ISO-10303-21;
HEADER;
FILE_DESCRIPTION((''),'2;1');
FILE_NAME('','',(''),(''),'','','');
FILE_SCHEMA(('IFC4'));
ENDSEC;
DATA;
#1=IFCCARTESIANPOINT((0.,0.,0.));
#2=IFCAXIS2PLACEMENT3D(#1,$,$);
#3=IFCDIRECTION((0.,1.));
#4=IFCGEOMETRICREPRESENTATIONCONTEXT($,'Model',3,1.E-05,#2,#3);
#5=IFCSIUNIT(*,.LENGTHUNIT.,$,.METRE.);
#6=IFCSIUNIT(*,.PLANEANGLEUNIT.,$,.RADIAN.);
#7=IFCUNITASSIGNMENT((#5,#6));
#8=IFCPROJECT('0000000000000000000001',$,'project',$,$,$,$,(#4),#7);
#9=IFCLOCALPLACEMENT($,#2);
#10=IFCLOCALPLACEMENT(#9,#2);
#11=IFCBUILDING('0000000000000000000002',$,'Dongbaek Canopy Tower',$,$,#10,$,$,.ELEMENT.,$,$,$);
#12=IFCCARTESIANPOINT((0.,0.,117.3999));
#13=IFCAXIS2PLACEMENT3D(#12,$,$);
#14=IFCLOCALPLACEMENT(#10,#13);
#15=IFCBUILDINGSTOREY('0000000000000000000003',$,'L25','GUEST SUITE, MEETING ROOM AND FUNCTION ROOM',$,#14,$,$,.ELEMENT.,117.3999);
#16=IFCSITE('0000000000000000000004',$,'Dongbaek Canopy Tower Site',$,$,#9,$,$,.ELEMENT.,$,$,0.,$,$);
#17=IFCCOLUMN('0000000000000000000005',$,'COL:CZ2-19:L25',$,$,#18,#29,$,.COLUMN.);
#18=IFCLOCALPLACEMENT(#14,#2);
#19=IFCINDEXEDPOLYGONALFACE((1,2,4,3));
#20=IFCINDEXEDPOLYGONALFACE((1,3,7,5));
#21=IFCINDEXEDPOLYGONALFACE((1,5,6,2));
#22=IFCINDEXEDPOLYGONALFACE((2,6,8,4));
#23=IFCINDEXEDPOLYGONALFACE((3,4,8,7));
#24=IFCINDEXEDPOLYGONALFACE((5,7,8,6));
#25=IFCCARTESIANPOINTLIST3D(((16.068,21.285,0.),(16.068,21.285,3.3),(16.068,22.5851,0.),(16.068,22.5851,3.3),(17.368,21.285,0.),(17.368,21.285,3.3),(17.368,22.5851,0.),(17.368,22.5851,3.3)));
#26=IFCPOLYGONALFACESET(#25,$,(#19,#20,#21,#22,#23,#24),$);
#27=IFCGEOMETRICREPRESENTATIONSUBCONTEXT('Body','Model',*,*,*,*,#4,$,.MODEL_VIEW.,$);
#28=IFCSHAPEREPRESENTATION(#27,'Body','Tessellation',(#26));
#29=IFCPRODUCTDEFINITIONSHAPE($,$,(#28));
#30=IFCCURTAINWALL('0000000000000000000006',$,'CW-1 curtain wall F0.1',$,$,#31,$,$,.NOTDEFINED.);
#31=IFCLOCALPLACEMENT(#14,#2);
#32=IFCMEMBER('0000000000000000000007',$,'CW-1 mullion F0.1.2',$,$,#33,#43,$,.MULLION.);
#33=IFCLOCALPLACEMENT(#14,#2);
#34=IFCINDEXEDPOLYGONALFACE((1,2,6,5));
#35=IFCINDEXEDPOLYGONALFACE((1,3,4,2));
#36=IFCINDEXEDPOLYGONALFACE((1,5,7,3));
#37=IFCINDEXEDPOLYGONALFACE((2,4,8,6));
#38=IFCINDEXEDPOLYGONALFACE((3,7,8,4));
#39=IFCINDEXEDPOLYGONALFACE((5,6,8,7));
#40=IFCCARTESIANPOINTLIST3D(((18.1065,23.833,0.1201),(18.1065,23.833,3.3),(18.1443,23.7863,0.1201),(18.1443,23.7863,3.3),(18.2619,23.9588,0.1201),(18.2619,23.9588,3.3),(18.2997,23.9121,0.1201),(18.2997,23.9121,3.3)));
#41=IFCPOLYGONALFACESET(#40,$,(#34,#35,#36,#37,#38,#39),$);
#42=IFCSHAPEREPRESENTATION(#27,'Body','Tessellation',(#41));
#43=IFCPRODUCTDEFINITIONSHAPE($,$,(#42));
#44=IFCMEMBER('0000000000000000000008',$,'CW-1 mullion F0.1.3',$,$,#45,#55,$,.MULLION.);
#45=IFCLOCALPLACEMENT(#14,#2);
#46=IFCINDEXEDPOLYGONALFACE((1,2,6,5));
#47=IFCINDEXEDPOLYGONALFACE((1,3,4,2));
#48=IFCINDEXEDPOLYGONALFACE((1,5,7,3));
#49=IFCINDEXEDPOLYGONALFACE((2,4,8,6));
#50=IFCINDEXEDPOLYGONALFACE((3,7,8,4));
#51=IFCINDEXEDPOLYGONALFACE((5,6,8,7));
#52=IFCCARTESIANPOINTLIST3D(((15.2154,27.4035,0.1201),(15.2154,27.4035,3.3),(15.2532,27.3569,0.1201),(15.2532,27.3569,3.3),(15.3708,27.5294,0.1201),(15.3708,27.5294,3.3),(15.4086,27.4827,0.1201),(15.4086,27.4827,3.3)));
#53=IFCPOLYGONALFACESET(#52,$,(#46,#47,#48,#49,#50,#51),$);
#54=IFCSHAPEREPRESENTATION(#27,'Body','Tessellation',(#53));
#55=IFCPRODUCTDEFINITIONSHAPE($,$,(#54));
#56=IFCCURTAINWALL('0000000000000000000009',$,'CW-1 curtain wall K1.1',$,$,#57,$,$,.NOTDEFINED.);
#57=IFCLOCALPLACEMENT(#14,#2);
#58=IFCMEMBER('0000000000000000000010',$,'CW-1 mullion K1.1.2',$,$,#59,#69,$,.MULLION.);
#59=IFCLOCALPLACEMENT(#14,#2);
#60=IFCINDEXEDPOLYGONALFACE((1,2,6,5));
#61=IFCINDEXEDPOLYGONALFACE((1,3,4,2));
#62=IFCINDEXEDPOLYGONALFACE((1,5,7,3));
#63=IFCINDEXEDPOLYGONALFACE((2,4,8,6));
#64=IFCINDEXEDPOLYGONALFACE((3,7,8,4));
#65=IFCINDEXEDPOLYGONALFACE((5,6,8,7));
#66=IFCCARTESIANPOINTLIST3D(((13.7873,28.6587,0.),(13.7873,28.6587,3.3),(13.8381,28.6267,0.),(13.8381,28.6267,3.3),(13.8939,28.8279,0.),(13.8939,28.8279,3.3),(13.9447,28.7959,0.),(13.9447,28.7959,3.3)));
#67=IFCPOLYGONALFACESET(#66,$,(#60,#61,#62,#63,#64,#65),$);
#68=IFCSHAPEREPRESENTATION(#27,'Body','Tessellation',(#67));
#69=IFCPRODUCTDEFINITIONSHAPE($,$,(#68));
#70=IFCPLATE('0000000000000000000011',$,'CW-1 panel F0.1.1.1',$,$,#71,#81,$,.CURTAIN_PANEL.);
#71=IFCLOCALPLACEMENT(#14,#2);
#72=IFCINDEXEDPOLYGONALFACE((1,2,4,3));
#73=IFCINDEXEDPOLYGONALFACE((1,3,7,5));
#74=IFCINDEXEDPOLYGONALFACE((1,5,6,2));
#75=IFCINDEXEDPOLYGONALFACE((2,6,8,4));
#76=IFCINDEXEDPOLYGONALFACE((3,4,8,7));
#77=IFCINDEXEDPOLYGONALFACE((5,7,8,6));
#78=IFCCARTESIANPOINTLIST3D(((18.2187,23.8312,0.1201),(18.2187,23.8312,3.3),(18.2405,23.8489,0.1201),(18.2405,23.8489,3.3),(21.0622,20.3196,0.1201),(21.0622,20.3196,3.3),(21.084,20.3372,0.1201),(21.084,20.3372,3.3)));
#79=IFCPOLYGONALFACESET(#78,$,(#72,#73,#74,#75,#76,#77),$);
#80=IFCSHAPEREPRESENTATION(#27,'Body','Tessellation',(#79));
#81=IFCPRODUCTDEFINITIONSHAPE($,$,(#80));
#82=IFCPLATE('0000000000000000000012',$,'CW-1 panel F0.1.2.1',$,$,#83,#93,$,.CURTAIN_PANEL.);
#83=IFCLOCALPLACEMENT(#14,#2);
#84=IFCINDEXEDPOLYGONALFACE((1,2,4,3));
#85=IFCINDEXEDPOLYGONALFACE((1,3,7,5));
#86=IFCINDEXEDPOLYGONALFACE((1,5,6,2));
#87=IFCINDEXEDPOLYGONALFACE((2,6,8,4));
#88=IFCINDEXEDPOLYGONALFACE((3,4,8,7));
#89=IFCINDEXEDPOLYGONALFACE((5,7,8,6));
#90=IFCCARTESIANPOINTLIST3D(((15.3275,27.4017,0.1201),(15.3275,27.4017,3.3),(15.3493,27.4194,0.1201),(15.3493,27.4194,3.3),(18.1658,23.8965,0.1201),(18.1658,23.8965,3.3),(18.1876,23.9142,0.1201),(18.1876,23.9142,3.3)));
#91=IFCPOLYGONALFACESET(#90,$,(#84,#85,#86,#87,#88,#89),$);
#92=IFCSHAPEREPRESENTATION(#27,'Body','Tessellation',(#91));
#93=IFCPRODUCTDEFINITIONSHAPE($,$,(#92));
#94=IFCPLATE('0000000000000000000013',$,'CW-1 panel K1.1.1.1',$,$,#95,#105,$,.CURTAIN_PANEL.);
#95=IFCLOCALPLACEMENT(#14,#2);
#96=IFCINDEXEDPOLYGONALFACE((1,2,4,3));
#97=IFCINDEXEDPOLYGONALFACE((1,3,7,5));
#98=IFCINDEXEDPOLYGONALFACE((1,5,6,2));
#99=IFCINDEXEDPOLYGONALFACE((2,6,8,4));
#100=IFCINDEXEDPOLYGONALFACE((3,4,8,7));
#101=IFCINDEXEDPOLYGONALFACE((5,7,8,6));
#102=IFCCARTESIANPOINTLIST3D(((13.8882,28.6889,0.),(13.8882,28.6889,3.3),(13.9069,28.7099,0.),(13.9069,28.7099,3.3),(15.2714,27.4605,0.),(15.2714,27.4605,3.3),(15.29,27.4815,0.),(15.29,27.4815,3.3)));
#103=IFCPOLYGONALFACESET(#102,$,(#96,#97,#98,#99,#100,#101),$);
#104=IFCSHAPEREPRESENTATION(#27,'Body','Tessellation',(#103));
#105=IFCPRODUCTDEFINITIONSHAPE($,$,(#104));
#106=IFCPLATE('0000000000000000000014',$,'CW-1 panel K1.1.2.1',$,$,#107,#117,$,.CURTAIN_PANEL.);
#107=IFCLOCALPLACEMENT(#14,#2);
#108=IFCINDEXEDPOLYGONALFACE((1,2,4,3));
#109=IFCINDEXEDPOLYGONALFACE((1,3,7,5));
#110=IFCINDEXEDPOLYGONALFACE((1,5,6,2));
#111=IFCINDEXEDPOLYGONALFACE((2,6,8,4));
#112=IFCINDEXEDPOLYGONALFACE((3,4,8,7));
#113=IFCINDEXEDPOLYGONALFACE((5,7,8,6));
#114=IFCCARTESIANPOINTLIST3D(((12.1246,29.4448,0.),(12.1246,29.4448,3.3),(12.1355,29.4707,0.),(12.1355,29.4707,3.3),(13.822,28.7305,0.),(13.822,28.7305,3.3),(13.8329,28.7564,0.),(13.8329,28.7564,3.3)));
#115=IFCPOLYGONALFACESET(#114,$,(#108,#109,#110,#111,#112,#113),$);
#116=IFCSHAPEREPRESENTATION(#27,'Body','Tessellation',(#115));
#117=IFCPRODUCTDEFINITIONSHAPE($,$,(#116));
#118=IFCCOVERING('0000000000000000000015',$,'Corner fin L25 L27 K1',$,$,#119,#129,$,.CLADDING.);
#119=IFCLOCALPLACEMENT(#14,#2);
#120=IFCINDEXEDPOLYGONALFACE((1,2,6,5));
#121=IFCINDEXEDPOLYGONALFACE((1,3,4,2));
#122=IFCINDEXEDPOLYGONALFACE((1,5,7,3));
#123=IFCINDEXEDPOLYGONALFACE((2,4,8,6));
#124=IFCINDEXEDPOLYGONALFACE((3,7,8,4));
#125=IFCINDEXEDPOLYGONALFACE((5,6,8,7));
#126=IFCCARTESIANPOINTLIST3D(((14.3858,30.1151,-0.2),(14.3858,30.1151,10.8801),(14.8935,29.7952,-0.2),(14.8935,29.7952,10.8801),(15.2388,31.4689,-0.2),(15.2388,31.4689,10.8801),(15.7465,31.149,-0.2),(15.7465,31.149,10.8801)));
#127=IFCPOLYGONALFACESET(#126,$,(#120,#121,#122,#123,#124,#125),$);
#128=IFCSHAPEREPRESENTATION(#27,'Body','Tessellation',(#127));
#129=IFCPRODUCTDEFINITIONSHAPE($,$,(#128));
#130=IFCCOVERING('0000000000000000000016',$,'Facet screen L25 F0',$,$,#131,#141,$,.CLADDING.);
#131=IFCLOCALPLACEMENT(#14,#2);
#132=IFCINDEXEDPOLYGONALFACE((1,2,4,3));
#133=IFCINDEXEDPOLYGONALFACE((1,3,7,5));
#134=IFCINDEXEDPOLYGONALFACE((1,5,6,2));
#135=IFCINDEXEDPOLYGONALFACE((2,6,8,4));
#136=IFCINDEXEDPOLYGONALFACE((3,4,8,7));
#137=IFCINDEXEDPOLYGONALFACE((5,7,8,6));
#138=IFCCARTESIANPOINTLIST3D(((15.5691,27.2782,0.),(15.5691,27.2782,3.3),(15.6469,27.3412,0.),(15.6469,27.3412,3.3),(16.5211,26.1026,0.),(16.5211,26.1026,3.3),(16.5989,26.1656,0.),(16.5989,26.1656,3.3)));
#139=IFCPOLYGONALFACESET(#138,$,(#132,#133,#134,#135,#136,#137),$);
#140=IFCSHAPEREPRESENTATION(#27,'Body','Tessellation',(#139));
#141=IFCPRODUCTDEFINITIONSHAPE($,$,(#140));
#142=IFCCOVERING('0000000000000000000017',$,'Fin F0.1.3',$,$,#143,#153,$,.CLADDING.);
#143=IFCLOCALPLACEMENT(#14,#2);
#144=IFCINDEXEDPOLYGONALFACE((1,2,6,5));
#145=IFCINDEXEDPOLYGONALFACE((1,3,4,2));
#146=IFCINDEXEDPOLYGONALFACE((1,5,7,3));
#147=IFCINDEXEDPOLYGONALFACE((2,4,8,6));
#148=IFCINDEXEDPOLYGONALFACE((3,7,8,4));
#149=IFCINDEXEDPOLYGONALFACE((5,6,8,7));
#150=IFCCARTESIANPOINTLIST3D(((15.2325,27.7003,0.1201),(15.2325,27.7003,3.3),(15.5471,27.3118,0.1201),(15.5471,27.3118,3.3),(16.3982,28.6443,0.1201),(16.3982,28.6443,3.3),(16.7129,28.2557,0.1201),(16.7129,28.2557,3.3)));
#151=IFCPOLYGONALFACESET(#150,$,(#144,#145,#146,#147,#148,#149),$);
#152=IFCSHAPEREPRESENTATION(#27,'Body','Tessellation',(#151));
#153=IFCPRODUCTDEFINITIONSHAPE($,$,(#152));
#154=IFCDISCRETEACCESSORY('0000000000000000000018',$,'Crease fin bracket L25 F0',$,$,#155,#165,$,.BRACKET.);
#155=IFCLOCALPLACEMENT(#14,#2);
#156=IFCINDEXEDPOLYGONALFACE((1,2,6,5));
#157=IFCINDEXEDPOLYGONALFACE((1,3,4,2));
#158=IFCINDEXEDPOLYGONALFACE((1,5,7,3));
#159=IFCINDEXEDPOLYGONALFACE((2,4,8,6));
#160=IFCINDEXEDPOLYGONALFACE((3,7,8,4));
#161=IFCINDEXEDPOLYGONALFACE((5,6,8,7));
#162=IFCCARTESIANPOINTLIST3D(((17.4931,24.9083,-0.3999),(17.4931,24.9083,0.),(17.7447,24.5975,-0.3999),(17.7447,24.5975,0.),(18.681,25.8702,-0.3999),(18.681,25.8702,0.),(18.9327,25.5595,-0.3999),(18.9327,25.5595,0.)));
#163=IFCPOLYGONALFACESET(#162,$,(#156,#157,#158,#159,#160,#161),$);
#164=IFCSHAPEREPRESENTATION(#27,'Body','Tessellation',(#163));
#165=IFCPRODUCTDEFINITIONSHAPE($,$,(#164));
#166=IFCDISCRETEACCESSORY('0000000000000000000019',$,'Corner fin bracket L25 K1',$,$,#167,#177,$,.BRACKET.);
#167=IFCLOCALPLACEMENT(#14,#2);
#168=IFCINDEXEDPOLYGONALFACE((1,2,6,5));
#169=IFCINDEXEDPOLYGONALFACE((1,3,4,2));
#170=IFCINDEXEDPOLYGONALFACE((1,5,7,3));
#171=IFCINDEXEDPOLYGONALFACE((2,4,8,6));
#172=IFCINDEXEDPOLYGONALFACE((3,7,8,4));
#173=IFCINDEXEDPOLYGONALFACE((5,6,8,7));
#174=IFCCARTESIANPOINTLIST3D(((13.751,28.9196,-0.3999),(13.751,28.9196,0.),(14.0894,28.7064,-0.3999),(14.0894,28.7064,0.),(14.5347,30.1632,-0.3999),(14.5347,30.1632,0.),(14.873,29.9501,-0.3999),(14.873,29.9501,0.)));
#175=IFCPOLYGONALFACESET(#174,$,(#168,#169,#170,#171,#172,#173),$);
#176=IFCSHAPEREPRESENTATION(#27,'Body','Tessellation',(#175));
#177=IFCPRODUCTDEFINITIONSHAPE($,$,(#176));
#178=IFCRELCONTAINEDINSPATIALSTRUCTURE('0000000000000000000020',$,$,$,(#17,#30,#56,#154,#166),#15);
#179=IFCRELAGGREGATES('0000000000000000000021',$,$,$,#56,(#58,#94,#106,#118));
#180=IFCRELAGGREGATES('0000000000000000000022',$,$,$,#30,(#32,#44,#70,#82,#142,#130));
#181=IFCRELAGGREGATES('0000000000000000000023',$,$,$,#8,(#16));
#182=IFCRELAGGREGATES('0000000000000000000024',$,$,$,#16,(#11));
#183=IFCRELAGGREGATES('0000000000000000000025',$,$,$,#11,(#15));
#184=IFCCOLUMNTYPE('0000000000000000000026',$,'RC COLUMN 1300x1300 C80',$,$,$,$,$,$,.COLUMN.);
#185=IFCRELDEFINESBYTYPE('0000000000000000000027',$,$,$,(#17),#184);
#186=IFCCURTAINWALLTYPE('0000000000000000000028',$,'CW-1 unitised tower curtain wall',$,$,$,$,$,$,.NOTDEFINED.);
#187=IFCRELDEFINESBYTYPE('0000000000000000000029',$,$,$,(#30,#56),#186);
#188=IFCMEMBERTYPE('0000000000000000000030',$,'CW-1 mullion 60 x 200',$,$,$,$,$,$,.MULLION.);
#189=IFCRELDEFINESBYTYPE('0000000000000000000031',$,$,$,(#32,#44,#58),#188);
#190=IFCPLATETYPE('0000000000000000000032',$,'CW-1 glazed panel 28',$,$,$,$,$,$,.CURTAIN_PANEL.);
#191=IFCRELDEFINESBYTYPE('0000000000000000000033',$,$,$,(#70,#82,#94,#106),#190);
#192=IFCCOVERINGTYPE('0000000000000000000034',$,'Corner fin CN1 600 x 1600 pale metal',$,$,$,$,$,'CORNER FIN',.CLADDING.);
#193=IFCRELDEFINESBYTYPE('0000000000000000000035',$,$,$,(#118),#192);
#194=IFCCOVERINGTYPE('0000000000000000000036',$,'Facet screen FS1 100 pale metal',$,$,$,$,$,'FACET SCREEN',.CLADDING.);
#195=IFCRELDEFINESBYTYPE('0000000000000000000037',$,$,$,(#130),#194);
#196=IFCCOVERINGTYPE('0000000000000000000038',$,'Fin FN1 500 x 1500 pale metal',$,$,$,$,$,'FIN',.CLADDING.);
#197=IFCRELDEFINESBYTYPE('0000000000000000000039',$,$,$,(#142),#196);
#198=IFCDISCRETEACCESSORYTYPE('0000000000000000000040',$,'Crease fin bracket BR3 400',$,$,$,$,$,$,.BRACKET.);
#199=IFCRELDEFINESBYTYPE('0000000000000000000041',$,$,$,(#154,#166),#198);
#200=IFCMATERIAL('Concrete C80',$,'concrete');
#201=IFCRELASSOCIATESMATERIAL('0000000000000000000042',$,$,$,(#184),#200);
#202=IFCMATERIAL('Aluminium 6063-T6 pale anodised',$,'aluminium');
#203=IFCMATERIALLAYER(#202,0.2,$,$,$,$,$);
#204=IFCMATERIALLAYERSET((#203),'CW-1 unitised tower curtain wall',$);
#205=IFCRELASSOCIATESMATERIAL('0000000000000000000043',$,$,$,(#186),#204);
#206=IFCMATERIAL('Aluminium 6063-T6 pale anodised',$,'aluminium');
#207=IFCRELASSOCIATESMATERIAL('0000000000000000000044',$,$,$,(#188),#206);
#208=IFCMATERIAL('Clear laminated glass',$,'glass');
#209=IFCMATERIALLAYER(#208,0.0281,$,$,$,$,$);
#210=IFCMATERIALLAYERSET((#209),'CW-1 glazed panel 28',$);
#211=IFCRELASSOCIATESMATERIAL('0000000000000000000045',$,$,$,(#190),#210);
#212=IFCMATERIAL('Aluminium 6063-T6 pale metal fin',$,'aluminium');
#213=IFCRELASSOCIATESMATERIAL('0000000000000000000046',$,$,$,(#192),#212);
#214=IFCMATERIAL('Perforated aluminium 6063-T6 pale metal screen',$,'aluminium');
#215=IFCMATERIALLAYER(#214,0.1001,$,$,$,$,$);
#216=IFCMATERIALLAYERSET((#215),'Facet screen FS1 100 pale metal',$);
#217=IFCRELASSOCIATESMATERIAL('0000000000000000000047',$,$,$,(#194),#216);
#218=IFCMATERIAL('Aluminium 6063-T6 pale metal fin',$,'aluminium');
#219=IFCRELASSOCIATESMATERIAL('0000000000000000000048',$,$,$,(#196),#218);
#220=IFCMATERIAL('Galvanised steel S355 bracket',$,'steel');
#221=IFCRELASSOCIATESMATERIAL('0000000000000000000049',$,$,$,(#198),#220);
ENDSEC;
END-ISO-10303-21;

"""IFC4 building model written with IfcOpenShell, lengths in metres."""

from ifc_helpers import new_model, si_unit, direction, frame, origin, origin_2d, place, context, subcontext, project, spatial, rectangle, extrude, material, layer, layer_set, material_profile, profile_set, type_object, element, aggregate, save


model = new_model("IFC4")

# Units and contexts
model_context = context("Model", 3, precision=1e-05, world=origin(), true_north=direction((0.0, 1.0)))
body_context = subcontext(model_context, "Body", "Model", "MODEL_VIEW")
ifc_project = project(units=[si_unit("LENGTHUNIT", "METRE"), si_unit("PLANEANGLEUNIT", "RADIAN")], contexts=[model_context])

# Site, building, storey
site_placement = place(None, origin())
site = spatial("IfcSite", under=ifc_project, at=site_placement, Name="Dongbaek Canopy Tower Site", CompositionType="ELEMENT", RefElevation=0.0)
building_placement = place(site_placement, origin())
building = spatial("IfcBuilding", under=site, at=building_placement, Name="Dongbaek Canopy Tower", CompositionType="ELEMENT")
storey_placement = place(building_placement, frame((0.0, 0.0, 117.3999)))
storey = spatial("IfcBuildingStorey", under=building, at=storey_placement, Name="L25", Description="GUEST SUITE, MEETING ROOM AND FUNCTION ROOM", CompositionType="ELEMENT", Elevation=117.3999)

# Column
ifc_material_1 = material(Name="Concrete C80", Category="concrete")
ifc_material_profile_1 = material_profile(ifc_material_1, rectangle(XDim=1.3, YDim=1.3, at=origin_2d()), Name="RC COLUMN 1300x1300 C80")
ifc_profile_set_1 = profile_set([ifc_material_profile_1], Name="Concrete C80")
column_type = type_object("IfcColumnType", Name="RC COLUMN 1300x1300 C80", PredefinedType="COLUMN", material=ifc_profile_set_1)
column_placement = place(storey_placement, frame((16.718, 21.9351, 0.0), z_axis=(0.0, 0.0, 1.0), x_axis=(1.0, 0.0, 0.0)))
element("IfcColumn", 1, at=column_placement, inside=storey, type_object=column_type, Name="COL:CZ2-19:L25", PredefinedType="COLUMN", context=body_context, shape_type="SweptSolid", body=[
    extrude(rectangle(XDim=1.3, YDim=1.3, at=origin_2d()), origin(), (0.0, 0.0, 1.0), 3.3),
])

# Curtain wall, members
ifc_material_2 = material(Name="Aluminium 6063-T6 pale anodised", Category="aluminium")
ifc_layer_1 = layer(ifc_material_2, 0.2)
ifc_layer_set_1 = layer_set([ifc_layer_1], Name="CW-1 unitised tower curtain wall")
curtain_wall_type = type_object("IfcCurtainWallType", Name="CW-1 unitised tower curtain wall", PredefinedType="NOTDEFINED", material=ifc_layer_set_1)
curtain_wall_1_placement = place(storey_placement, origin())
curtain_wall_1 = element("IfcCurtainWall", 2, at=curtain_wall_1_placement, inside=storey, type_object=curtain_wall_type, Name="CW-1 curtain wall F0.1", PredefinedType="NOTDEFINED")
ifc_material_3 = material(Name="Aluminium 6063-T6 pale anodised", Category="aluminium")
ifc_material_profile_2 = material_profile(ifc_material_3, rectangle(XDim=0.2, YDim=0.0601, at=origin_2d()), Name="CW-1 mullion 60 x 200")
ifc_profile_set_2 = profile_set([ifc_material_profile_2], Name="Aluminium 6063-T6 pale anodised")
member_type = type_object("IfcMemberType", Name="CW-1 mullion 60 x 200", PredefinedType="MULLION", material=ifc_profile_set_2)
member_1_placement = place(storey_placement, frame((18.2031, 23.8726, 0.1201), z_axis=(0.0, 0.0, 1.0), x_axis=(0.777161, 0.629302, 0.0)))
member_1 = element("IfcMember", 3, at=member_1_placement, type_object=member_type, Name="CW-1 mullion F0.1.2", PredefinedType="MULLION", context=body_context, shape_type="SweptSolid", body=[
    extrude(rectangle(XDim=0.2, YDim=0.0601, at=origin_2d()), origin(), (0.0, 0.0, 1.0), 3.1799),
])
member_2_placement = place(storey_placement, frame((15.312, 27.4431, 0.1201), z_axis=(0.0, 0.0, 1.0), x_axis=(0.777161, 0.629302, 0.0)))
member_2 = element("IfcMember", 4, at=member_2_placement, type_object=member_type, Name="CW-1 mullion F0.1.3", PredefinedType="MULLION", context=body_context, shape_type="SweptSolid", body=[
    extrude(rectangle(XDim=0.2, YDim=0.0601, at=origin_2d()), origin(), (0.0, 0.0, 1.0), 3.1799),
])

# Curtain wall, member
curtain_wall_2_placement = place(storey_placement, origin())
curtain_wall_2 = element("IfcCurtainWall", 5, at=curtain_wall_2_placement, inside=storey, type_object=curtain_wall_type, Name="CW-1 curtain wall K1.1", PredefinedType="NOTDEFINED")
member_3_placement = place(storey_placement, frame((13.866, 28.7273, 0.0), z_axis=(0.0, 0.0, 1.0), x_axis=(0.533091, 0.846058, 0.0)))
member_3 = element("IfcMember", 6, at=member_3_placement, type_object=member_type, Name="CW-1 mullion K1.1.2", PredefinedType="MULLION", context=body_context, shape_type="SweptSolid", body=[
    extrude(rectangle(XDim=0.2, YDim=0.0601, at=origin_2d()), origin(), (0.0, 0.0, 1.0), 3.3),
])

# Plates
ifc_material_4 = material(Name="Clear laminated glass", Category="glass")
ifc_layer_2 = layer(ifc_material_4, 0.0281)
ifc_layer_set_2 = layer_set([ifc_layer_2], Name="CW-1 glazed panel 28")
plate_type = type_object("IfcPlateType", Name="CW-1 glazed panel 28", PredefinedType="CURTAIN_PANEL", material=ifc_layer_set_2)
plate_1_placement = place(storey_placement, frame((19.6514, 22.0842, 0.1201), z_axis=(0.0, 0.0, 1.0), x_axis=(-0.629302, 0.777161, 0.0)))
plate_1 = element("IfcPlate", 7, at=plate_1_placement, type_object=plate_type, Name="CW-1 panel F0.1.1.1", PredefinedType="CURTAIN_PANEL", context=body_context, shape_type="SweptSolid", body=[
    extrude(rectangle(XDim=4.5186, YDim=0.0281, at=origin_2d()), origin(), (0.0, 0.0, 1.0), 3.1799),
])
plate_2_placement = place(storey_placement, frame((16.7576, 25.658, 0.1201), z_axis=(0.0, 0.0, 1.0), x_axis=(-0.629302, 0.777161, 0.0)))
plate_2 = element("IfcPlate", 8, at=plate_2_placement, type_object=plate_type, Name="CW-1 panel F0.1.2.1", PredefinedType="CURTAIN_PANEL", context=body_context, shape_type="SweptSolid", body=[
    extrude(rectangle(XDim=4.5103, YDim=0.0281, at=origin_2d()), origin(), (0.0, 0.0, 1.0), 3.1799),
])
plate_3_placement = place(storey_placement, frame((14.5891, 28.0852, 0.0), z_axis=(0.0, 0.0, 1.0), x_axis=(-0.747706, 0.66403, 0.0)))
plate_3 = element("IfcPlate", 9, at=plate_3_placement, type_object=plate_type, Name="CW-1 panel K1.1.1.1", PredefinedType="CURTAIN_PANEL", context=body_context, shape_type="SweptSolid", body=[
    extrude(rectangle(XDim=1.8499, YDim=0.0281, at=origin_2d()), origin(), (0.0, 0.0, 1.0), 3.3),
])
plate_4_placement = place(storey_placement, frame((12.9788, 29.1006, 0.0), z_axis=(0.0, 0.0, 1.0), x_axis=(-0.92172, 0.387856, 0.0)))
plate_4 = element("IfcPlate", 10, at=plate_4_placement, type_object=plate_type, Name="CW-1 panel K1.1.2.1", PredefinedType="CURTAIN_PANEL", context=body_context, shape_type="SweptSolid", body=[
    extrude(rectangle(XDim=1.8416, YDim=0.0281, at=origin_2d()), origin(), (0.0, 0.0, 1.0), 3.3),
])

# Coverings
ifc_material_5 = material(Name="Aluminium 6063-T6 pale metal fin", Category="aluminium")
ifc_material_profile_3 = material_profile(ifc_material_5, rectangle(XDim=1.6001, YDim=0.6001, at=origin_2d()), Name="Corner fin CN1 600 x 1600 pale metal")
ifc_profile_set_3 = profile_set([ifc_material_profile_3], Name="Aluminium 6063-T6 pale metal fin")
covering_type_1 = type_object("IfcCoveringType", Name="Corner fin CN1 600 x 1600 pale metal", ElementType="CORNER FIN", PredefinedType="CLADDING", material=ifc_profile_set_3)
covering_1_placement = place(storey_placement, frame((15.0662, 30.6321, -0.2), z_axis=(0.0, 0.0, 1.0), x_axis=(0.53309, 0.846058, 0.0)))
covering_1 = element("IfcCovering", 11, at=covering_1_placement, type_object=covering_type_1, Name="Corner fin L25 L27 K1", PredefinedType="CLADDING", context=body_context, shape_type="SweptSolid", body=[
    extrude(rectangle(XDim=1.6001, YDim=0.6001, at=origin_2d()), origin(), (0.0, 0.0, 1.0), 11.0801),
])
aggregate(curtain_wall_2, [member_3, plate_3, plate_4, covering_1])
ifc_material_6 = material(Name="Perforated aluminium 6063-T6 pale metal screen", Category="aluminium")
ifc_layer_3 = layer(ifc_material_6, 0.1001)
ifc_layer_set_3 = layer_set([ifc_layer_3], Name="Facet screen FS1 100 pale metal")
covering_type_2 = type_object("IfcCoveringType", Name="Facet screen FS1 100 pale metal", ElementType="FACET SCREEN", PredefinedType="CLADDING", material=ifc_layer_set_3)
covering_2_placement = place(storey_placement, frame((16.084, 26.7219, 0.0), z_axis=(0.0, 0.0, 1.0), x_axis=(-0.629301, 0.777161, 0.0)))
covering_2 = element("IfcCovering", 12, at=covering_2_placement, type_object=covering_type_2, Name="Facet screen L25 F0", PredefinedType="CLADDING", context=body_context, shape_type="SweptSolid", body=[
    extrude(rectangle(XDim=1.5127, YDim=0.1001, at=origin_2d()), origin(), (0.0, 0.0, 1.0), 3.3),
])
ifc_material_7 = material(Name="Aluminium 6063-T6 pale metal fin", Category="aluminium")
ifc_material_profile_4 = material_profile(ifc_material_7, rectangle(XDim=1.5, YDim=0.5, at=origin_2d()), Name="Fin FN1 500 x 1500 pale metal")
ifc_profile_set_4 = profile_set([ifc_material_profile_4], Name="Aluminium 6063-T6 pale metal fin")
covering_type_3 = type_object("IfcCoveringType", Name="Fin FN1 500 x 1500 pale metal", ElementType="FIN", PredefinedType="CLADDING", material=ifc_profile_set_4)
covering_3_placement = place(storey_placement, frame((15.9727, 27.978, 0.1201), z_axis=(0.0, 0.0, 1.0), x_axis=(0.777161, 0.629302, 0.0)))
covering_3 = element("IfcCovering", 13, at=covering_3_placement, type_object=covering_type_3, Name="Fin F0.1.3", PredefinedType="CLADDING", context=body_context, shape_type="SweptSolid", body=[
    extrude(rectangle(XDim=1.5, YDim=0.5, at=origin_2d()), origin(), (0.0, 0.0, 1.0), 3.1799),
])
aggregate(curtain_wall_1, [member_1, member_2, plate_1, plate_2, covering_3, covering_2])

# Discrete accessories
ifc_material_8 = material(Name="Galvanised steel S355 bracket", Category="steel")
discrete_accessory_type = type_object("IfcDiscreteAccessoryType", Name="Crease fin bracket BR3 400", PredefinedType="BRACKET", material=ifc_material_8)
discrete_accessory_1_placement = place(storey_placement, frame((18.2129, 25.2339, -0.3999), z_axis=(0.0, 0.0, 1.0), x_axis=(0.777161, 0.629301, 0.0)))
element("IfcDiscreteAccessory", 14, at=discrete_accessory_1_placement, inside=storey, type_object=discrete_accessory_type, Name="Crease fin bracket L25 F0", PredefinedType="BRACKET", context=body_context, shape_type="SweptSolid", body=[
    extrude(rectangle(XDim=1.5286, YDim=0.3999, at=origin_2d()), origin(), (0.0, 0.0, 1.0), 0.3999),
])
discrete_accessory_2_placement = place(storey_placement, frame((14.312, 29.4348, -0.3999), z_axis=(0.0, 0.0, 1.0), x_axis=(0.53309, 0.846058, 0.0)))
element("IfcDiscreteAccessory", 15, at=discrete_accessory_2_placement, inside=storey, type_object=discrete_accessory_type, Name="Corner fin bracket L25 K1", PredefinedType="BRACKET", context=body_context, shape_type="SweptSolid", body=[
    extrude(rectangle(XDim=1.47, YDim=0.3999, at=origin_2d()), origin(), (0.0, 0.0, 1.0), 0.3999),
])

save(model, "model.ifc")
